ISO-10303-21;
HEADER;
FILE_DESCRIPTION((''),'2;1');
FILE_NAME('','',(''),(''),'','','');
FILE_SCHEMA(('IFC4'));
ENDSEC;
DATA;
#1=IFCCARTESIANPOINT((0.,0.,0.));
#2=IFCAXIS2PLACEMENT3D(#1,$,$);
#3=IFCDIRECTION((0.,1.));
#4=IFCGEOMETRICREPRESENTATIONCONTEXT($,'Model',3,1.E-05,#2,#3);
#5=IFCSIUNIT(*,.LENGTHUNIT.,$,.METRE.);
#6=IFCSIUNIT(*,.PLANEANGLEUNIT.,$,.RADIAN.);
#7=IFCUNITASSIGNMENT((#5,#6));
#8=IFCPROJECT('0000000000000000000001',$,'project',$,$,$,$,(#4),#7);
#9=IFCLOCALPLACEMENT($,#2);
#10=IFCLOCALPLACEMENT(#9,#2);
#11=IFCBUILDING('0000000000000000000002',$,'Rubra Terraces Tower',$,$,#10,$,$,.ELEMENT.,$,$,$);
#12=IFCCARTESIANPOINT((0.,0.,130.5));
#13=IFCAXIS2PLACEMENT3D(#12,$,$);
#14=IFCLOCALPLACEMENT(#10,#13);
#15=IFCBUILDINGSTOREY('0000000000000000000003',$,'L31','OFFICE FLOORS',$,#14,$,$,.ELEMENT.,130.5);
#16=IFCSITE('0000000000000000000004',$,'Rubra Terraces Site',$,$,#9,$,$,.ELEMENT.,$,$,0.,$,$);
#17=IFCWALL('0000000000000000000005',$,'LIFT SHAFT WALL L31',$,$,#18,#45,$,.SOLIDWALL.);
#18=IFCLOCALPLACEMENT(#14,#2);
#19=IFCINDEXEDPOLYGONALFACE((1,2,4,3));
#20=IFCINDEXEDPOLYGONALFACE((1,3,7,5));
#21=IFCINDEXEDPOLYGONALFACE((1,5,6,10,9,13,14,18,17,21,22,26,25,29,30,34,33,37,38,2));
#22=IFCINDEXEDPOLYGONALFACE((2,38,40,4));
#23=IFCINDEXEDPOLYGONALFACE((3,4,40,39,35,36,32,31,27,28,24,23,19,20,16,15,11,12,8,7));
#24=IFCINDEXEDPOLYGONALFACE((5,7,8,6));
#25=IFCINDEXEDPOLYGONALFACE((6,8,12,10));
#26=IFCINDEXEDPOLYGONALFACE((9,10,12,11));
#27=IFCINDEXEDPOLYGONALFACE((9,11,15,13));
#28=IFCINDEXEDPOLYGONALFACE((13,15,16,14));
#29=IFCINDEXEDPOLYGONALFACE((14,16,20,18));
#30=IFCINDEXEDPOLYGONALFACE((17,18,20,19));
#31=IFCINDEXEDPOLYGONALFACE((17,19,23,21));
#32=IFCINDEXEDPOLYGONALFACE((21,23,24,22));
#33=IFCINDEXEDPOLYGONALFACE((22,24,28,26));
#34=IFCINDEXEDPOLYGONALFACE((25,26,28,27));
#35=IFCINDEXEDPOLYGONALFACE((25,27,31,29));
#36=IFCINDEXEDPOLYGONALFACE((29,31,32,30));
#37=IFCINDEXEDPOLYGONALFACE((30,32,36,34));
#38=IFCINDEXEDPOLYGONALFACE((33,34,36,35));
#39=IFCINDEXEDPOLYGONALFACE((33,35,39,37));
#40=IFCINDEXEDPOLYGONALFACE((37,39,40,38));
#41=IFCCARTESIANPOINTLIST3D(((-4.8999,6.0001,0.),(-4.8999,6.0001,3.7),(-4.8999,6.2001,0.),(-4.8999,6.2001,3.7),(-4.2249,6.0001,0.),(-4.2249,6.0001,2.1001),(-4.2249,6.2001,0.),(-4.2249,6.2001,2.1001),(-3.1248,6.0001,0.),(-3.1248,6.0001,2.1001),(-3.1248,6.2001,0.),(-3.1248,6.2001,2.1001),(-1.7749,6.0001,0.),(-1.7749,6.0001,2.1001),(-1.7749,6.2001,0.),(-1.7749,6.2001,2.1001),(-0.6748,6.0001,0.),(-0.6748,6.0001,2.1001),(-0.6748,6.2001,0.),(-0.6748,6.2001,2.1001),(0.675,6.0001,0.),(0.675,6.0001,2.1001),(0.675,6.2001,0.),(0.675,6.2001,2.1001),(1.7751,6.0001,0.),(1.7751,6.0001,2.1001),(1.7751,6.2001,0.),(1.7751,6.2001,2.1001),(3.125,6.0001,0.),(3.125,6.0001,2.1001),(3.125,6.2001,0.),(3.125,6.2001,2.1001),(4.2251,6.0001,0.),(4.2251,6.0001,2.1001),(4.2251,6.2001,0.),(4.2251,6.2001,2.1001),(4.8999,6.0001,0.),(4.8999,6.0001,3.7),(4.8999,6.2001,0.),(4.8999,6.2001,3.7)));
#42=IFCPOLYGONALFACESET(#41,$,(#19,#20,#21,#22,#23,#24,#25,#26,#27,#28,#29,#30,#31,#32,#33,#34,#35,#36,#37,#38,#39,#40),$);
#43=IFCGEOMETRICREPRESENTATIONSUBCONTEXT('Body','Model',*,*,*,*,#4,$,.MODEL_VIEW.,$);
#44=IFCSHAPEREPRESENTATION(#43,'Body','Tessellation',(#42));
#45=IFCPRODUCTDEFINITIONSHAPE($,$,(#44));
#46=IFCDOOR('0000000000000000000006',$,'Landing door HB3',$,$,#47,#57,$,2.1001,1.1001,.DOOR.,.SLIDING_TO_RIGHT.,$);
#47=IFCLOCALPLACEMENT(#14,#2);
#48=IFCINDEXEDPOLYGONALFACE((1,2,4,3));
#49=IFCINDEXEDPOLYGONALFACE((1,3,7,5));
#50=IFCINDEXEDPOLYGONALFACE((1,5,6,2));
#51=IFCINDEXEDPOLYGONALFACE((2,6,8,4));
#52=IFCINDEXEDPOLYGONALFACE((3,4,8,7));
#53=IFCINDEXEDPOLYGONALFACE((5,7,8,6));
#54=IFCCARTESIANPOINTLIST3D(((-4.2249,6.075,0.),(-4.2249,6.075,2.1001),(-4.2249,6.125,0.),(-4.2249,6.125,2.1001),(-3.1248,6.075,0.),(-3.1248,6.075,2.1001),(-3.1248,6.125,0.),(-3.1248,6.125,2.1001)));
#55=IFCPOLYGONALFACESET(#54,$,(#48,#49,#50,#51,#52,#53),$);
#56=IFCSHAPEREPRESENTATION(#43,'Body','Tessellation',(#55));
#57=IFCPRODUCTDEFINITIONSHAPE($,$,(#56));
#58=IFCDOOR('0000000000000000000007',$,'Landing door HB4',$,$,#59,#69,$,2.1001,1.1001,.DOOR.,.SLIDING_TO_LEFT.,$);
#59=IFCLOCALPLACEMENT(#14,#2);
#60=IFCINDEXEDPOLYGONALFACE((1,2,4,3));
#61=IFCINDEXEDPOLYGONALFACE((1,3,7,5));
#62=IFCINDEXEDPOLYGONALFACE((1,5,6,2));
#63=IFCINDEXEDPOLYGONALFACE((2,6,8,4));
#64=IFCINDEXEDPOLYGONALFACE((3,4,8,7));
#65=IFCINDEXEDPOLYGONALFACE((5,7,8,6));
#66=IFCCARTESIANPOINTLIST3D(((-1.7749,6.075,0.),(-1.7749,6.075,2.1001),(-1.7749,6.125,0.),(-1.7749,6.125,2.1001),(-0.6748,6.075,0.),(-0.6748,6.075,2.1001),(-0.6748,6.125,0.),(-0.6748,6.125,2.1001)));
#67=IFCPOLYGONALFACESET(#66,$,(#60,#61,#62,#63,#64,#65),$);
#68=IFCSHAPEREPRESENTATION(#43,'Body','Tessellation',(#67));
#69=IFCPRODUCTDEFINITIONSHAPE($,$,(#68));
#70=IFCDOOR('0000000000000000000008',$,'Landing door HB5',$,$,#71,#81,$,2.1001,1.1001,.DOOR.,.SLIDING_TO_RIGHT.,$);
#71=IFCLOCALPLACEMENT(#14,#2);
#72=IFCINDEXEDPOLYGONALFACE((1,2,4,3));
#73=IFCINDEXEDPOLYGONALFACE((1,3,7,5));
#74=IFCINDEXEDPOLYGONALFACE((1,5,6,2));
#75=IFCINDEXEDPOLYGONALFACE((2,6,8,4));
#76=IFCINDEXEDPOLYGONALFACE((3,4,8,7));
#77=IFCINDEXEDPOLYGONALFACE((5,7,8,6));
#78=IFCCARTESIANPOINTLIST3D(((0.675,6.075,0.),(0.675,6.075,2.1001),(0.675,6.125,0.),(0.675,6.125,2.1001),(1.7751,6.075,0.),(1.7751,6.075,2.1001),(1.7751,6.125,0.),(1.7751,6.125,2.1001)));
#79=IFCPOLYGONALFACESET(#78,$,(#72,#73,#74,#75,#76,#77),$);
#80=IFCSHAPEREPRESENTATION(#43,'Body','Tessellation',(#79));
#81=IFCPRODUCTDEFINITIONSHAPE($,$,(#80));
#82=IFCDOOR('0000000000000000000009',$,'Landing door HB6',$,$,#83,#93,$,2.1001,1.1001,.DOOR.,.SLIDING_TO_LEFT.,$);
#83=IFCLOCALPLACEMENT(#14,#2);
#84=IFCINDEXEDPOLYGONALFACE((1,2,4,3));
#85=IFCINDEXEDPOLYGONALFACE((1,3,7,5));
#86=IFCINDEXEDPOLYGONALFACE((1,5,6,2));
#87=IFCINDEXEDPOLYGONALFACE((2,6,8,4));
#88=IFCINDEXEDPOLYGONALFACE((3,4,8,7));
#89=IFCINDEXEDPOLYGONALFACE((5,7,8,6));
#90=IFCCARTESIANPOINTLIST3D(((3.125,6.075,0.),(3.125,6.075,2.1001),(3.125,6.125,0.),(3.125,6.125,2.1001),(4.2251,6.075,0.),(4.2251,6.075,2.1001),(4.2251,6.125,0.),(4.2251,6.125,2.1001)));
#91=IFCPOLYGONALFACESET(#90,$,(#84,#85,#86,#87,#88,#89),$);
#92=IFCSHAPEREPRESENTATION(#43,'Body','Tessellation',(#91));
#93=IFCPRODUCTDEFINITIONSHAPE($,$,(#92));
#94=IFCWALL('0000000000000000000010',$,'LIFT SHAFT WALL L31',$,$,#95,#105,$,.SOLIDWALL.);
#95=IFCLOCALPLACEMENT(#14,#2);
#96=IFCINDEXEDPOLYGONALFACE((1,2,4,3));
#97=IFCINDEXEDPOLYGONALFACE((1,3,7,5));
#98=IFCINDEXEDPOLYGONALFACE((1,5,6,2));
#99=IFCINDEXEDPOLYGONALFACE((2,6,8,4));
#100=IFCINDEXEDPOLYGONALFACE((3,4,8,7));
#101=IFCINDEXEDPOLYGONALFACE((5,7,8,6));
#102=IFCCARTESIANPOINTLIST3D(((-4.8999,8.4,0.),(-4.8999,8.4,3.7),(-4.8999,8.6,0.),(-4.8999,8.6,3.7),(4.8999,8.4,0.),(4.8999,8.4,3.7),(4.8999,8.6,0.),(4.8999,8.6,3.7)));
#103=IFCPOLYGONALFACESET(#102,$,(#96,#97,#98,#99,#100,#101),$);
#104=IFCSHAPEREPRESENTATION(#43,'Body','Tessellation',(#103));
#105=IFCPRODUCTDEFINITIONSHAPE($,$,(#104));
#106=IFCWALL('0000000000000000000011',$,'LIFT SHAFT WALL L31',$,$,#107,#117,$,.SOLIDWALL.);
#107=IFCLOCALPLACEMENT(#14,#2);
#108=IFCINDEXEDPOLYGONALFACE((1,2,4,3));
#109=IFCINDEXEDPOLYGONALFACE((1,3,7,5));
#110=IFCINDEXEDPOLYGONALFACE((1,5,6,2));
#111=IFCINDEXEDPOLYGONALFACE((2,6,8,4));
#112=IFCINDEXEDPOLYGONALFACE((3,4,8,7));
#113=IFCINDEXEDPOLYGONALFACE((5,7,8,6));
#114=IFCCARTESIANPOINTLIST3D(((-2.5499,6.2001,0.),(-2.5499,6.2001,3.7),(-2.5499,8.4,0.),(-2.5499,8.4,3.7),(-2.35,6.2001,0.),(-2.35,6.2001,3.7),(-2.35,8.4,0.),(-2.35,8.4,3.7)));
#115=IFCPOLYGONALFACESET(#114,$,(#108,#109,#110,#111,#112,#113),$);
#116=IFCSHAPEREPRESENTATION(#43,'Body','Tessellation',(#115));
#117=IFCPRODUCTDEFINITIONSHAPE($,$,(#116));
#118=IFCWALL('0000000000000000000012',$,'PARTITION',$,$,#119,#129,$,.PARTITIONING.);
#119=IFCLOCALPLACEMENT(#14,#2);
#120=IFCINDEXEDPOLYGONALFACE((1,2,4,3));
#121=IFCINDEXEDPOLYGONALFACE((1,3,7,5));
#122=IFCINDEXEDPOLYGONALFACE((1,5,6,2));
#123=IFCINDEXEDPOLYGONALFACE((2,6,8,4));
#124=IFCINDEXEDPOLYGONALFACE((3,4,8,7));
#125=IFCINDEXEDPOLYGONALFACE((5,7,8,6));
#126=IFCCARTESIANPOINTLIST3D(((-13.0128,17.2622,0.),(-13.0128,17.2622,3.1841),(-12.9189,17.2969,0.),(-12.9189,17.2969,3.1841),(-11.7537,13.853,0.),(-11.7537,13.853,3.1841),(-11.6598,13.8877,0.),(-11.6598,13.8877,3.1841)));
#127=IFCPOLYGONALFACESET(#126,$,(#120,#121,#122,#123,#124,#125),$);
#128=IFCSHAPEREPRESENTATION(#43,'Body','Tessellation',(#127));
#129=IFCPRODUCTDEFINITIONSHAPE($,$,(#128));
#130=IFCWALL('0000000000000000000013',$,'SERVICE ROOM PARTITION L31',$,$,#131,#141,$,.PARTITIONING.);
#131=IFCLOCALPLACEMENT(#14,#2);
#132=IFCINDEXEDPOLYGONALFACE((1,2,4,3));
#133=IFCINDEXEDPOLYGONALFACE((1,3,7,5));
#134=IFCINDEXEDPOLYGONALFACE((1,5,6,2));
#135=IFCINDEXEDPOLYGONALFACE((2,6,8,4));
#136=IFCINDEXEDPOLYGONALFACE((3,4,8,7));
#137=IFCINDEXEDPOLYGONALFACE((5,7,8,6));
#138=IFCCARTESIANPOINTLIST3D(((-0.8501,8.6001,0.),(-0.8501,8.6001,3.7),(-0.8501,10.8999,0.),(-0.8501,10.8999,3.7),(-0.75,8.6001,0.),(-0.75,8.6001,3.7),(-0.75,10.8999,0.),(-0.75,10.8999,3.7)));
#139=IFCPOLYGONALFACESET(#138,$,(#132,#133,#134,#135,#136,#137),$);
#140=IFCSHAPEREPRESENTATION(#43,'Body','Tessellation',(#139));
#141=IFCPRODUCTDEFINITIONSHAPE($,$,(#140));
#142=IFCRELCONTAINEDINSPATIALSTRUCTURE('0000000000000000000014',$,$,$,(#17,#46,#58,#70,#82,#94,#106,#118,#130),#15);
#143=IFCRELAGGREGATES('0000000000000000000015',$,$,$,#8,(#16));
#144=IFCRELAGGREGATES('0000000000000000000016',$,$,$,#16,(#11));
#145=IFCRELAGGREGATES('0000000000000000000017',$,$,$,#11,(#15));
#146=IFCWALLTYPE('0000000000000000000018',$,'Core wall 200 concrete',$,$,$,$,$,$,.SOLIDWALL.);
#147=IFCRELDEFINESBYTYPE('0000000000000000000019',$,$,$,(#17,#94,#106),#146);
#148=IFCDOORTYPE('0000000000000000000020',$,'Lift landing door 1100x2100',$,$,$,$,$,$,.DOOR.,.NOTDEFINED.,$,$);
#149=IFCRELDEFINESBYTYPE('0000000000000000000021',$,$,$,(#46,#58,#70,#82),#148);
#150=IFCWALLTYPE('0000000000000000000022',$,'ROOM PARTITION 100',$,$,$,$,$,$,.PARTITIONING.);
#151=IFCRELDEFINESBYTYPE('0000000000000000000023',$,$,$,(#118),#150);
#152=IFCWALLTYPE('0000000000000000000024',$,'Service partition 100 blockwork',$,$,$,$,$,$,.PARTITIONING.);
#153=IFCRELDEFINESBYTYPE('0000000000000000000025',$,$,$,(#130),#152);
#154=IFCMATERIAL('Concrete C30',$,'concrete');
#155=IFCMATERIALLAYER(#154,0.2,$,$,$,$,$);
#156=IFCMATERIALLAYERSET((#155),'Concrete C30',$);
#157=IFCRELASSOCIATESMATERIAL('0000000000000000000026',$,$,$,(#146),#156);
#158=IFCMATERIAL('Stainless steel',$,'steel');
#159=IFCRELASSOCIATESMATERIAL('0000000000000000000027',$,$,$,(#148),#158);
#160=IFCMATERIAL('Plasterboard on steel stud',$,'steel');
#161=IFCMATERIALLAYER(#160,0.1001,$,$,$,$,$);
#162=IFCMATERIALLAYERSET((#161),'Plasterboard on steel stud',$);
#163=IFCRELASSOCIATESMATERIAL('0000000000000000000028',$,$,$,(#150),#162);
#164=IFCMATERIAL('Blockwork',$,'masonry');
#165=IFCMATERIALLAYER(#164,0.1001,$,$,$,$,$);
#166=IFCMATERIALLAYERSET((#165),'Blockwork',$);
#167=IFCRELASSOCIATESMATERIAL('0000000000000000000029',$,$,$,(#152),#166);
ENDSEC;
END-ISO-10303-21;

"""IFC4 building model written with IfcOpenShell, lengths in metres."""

from ifc_helpers import new_model, si_unit, direction, frame, frame_2d, origin, place, context, subcontext, project, spatial, rectangle, extrude, material, layer, layer_set, type_object, element, fill, save


model = new_model("IFC4")

# Units and contexts
model_context = context("Model", 3, precision=1e-05, world=origin(), true_north=direction((0.0, 1.0)))
body_context = subcontext(model_context, "Body", "Model", "MODEL_VIEW")
ifc_project = project(units=[si_unit("LENGTHUNIT", "METRE"), si_unit("PLANEANGLEUNIT", "RADIAN")], contexts=[model_context])

# Site, building, storey
site_placement = place(None, origin())
site = spatial("IfcSite", under=ifc_project, at=site_placement, Name="Rubra Terraces Site", CompositionType="ELEMENT", RefElevation=0.0)
building_placement = place(site_placement, origin())
building = spatial("IfcBuilding", under=site, at=building_placement, Name="Rubra Terraces Tower", CompositionType="ELEMENT")
storey_placement = place(building_placement, frame((0.0, 0.0, 130.5)))
storey = spatial("IfcBuildingStorey", under=building, at=storey_placement, Name="L31", Description="OFFICE FLOORS", CompositionType="ELEMENT", Elevation=130.5)

# Shared definitions
ifc_material_1 = material(Name="Concrete C30", Category="concrete")
ifc_layer_1 = layer(ifc_material_1, 0.2)
ifc_layer_set_1 = layer_set([ifc_layer_1], Name="Concrete C30")
wall_type_1 = type_object("IfcWallType", Name="Core wall 200 concrete", PredefinedType="SOLIDWALL", material=ifc_layer_set_1)
ifc_material_2 = material(Name="Stainless steel", Category="steel")

# Wall, openings, doors
door_type_1 = type_object("IfcDoorType", Name="Lift landing door 1100x2100", OperationType="NOTDEFINED", PredefinedType="DOOR", material=ifc_material_2)
wall_1_placement = place(storey_placement, frame((-4.8999, 6.1001, 0.0), z_axis=(0.0, 0.0, 1.0), x_axis=(1.0, 0.0, 0.0)))
wall_1 = element("IfcWall", 1, at=wall_1_placement, inside=storey, type_object=wall_type_1, Name="LIFT SHAFT WALL L31", PredefinedType="SOLIDWALL", context=body_context, shape_type="SweptSolid", body=[
    extrude(rectangle(XDim=9.7998, YDim=0.2, at=frame_2d((4.8999, 0.0))), origin(), (0.0, 0.0, 1.0), 3.7),
])
opening_1_placement = place(wall_1_placement, frame((0.675, 0.0, 0.0)))
opening_1 = element("IfcOpeningElement", 2, at=opening_1_placement, cuts=wall_1, PredefinedType="OPENING", context=body_context, shape_type="SweptSolid", body=[
    extrude(rectangle(XDim=1.1001, YDim=2.1001, at=frame_2d((0.55, 1.05))), frame((0.0, 0.1099, 0.0), z_axis=(0.0, -1.0, 0.0), x_axis=(1.0, 0.0, 0.0)), (0.0, 0.0, 1.0), 0.22),
])
opening_2_placement = place(wall_1_placement, frame((3.125, 0.0, 0.0)))
opening_2 = element("IfcOpeningElement", 3, at=opening_2_placement, cuts=wall_1, PredefinedType="OPENING", context=body_context, shape_type="SweptSolid", body=[
    extrude(rectangle(XDim=1.1001, YDim=2.1001, at=frame_2d((0.55, 1.05))), frame((0.0, 0.1099, 0.0), z_axis=(0.0, -1.0, 0.0), x_axis=(1.0, 0.0, 0.0)), (0.0, 0.0, 1.0), 0.22),
])
opening_3_placement = place(wall_1_placement, frame((5.575, 0.0, 0.0)))
opening_3 = element("IfcOpeningElement", 4, at=opening_3_placement, cuts=wall_1, PredefinedType="OPENING", context=body_context, shape_type="SweptSolid", body=[
    extrude(rectangle(XDim=1.1001, YDim=2.1001, at=frame_2d((0.55, 1.05))), frame((0.0, 0.1099, 0.0), z_axis=(0.0, -1.0, 0.0), x_axis=(1.0, 0.0, 0.0)), (0.0, 0.0, 1.0), 0.22),
])
opening_4_placement = place(wall_1_placement, frame((8.0249, 0.0, 0.0)))
opening_4 = element("IfcOpeningElement", 5, at=opening_4_placement, cuts=wall_1, PredefinedType="OPENING", context=body_context, shape_type="SweptSolid", body=[
    extrude(rectangle(XDim=1.1001, YDim=2.1001, at=frame_2d((0.55, 1.05))), frame((0.0, 0.1099, 0.0), z_axis=(0.0, -1.0, 0.0), x_axis=(1.0, 0.0, 0.0)), (0.0, 0.0, 1.0), 0.22),
])
door_1_placement = place(opening_1_placement, origin())
door_1 = element("IfcDoor", 6, at=door_1_placement, inside=storey, type_object=door_type_1, Name="Landing door HB3", OperationType="SLIDING_TO_RIGHT", OverallHeight=2.1001, OverallWidth=1.1001, PredefinedType="DOOR", context=body_context, shape_type="SweptSolid", body=[
    extrude(rectangle(XDim=1.1001, YDim=2.1001, at=frame_2d((0.55, 1.05))), frame((0.0, 0.0249, 0.0), z_axis=(0.0, -1.0, 0.0), x_axis=(1.0, 0.0, 0.0)), (0.0, 0.0, 1.0), 0.05),
])
fill(opening_1, door_1)
door_2_placement = place(opening_2_placement, origin())
door_2 = element("IfcDoor", 7, at=door_2_placement, inside=storey, type_object=door_type_1, Name="Landing door HB4", OperationType="SLIDING_TO_LEFT", OverallHeight=2.1001, OverallWidth=1.1001, PredefinedType="DOOR", context=body_context, shape_type="SweptSolid", body=[
    extrude(rectangle(XDim=1.1001, YDim=2.1001, at=frame_2d((0.55, 1.05))), frame((0.0, 0.0249, 0.0), z_axis=(0.0, -1.0, 0.0), x_axis=(1.0, 0.0, 0.0)), (0.0, 0.0, 1.0), 0.05),
])
fill(opening_2, door_2)
door_3_placement = place(opening_3_placement, origin())
door_3 = element("IfcDoor", 8, at=door_3_placement, inside=storey, type_object=door_type_1, Name="Landing door HB5", OperationType="SLIDING_TO_RIGHT", OverallHeight=2.1001, OverallWidth=1.1001, PredefinedType="DOOR", context=body_context, shape_type="SweptSolid", body=[
    extrude(rectangle(XDim=1.1001, YDim=2.1001, at=frame_2d((0.55, 1.05))), frame((0.0, 0.0249, 0.0), z_axis=(0.0, -1.0, 0.0), x_axis=(1.0, 0.0, 0.0)), (0.0, 0.0, 1.0), 0.05),
])
fill(opening_3, door_3)
door_4_placement = place(opening_4_placement, origin())
door_4 = element("IfcDoor", 9, at=door_4_placement, inside=storey, type_object=door_type_1, Name="Landing door HB6", OperationType="SLIDING_TO_LEFT", OverallHeight=2.1001, OverallWidth=1.1001, PredefinedType="DOOR", context=body_context, shape_type="SweptSolid", body=[
    extrude(rectangle(XDim=1.1001, YDim=2.1001, at=frame_2d((0.55, 1.05))), frame((0.0, 0.0249, 0.0), z_axis=(0.0, -1.0, 0.0), x_axis=(1.0, 0.0, 0.0)), (0.0, 0.0, 1.0), 0.05),
])
fill(opening_4, door_4)

# Walls
wall_2_placement = place(storey_placement, frame((-4.8999, 8.5, 0.0), z_axis=(0.0, 0.0, 1.0), x_axis=(1.0, 0.0, 0.0)))
element("IfcWall", 10, at=wall_2_placement, inside=storey, type_object=wall_type_1, Name="LIFT SHAFT WALL L31", PredefinedType="SOLIDWALL", context=body_context, shape_type="SweptSolid", body=[
    extrude(rectangle(XDim=9.7998, YDim=0.2, at=frame_2d((4.8999, 0.0))), origin(), (0.0, 0.0, 1.0), 3.7),
])
wall_3_placement = place(storey_placement, frame((-2.45, 6.2, 0.0), z_axis=(0.0, 0.0, 1.0), x_axis=(0.0, 1.0, 0.0)))
element("IfcWall", 11, at=wall_3_placement, inside=storey, type_object=wall_type_1, Name="LIFT SHAFT WALL L31", PredefinedType="SOLIDWALL", context=body_context, shape_type="SweptSolid", body=[
    extrude(rectangle(XDim=2.2, YDim=0.2, at=frame_2d((1.1001, 0.0))), origin(), (0.0, 0.0, 1.0), 3.7),
])
ifc_material_3 = material(Name="Plasterboard on steel stud", Category="steel")
ifc_layer_2 = layer(ifc_material_3, 0.1001)
ifc_layer_set_2 = layer_set([ifc_layer_2], Name="Plasterboard on steel stud")
wall_type_2 = type_object("IfcWallType", Name="ROOM PARTITION 100", PredefinedType="PARTITIONING", material=ifc_layer_set_2)
wall_4_placement = place(storey_placement, frame((-11.7068, 13.8704, 0.0), z_axis=(0.0, 0.0, 1.0), x_axis=(-0.346437, 0.938073, 0.0)))
element("IfcWall", 12, at=wall_4_placement, inside=storey, type_object=wall_type_2, Name="PARTITION", PredefinedType="PARTITIONING", context=body_context, shape_type="SweptSolid", body=[
    extrude(rectangle(XDim=3.6343, YDim=0.1001, at=frame_2d((1.8171, 0.0))), origin(), (0.0, 0.0, 1.0), 3.1841),
])
ifc_material_4 = material(Name="Blockwork", Category="masonry")
ifc_layer_3 = layer(ifc_material_4, 0.1001)
ifc_layer_set_3 = layer_set([ifc_layer_3], Name="Blockwork")
wall_type_3 = type_object("IfcWallType", Name="Service partition 100 blockwork", PredefinedType="PARTITIONING", material=ifc_layer_set_3)
wall_5_placement = place(storey_placement, frame((-0.8, 8.6001, 0.0), z_axis=(0.0, 0.0, 1.0), x_axis=(0.0, 1.0, 0.0)))
element("IfcWall", 13, at=wall_5_placement, inside=storey, type_object=wall_type_3, Name="SERVICE ROOM PARTITION L31", PredefinedType="PARTITIONING", context=body_context, shape_type="SweptSolid", body=[
    extrude(rectangle(XDim=2.2998, YDim=0.1001, at=frame_2d((1.1499, 0.0))), origin(), (0.0, 0.0, 1.0), 3.7),
])

save(model, "model.ifc")
